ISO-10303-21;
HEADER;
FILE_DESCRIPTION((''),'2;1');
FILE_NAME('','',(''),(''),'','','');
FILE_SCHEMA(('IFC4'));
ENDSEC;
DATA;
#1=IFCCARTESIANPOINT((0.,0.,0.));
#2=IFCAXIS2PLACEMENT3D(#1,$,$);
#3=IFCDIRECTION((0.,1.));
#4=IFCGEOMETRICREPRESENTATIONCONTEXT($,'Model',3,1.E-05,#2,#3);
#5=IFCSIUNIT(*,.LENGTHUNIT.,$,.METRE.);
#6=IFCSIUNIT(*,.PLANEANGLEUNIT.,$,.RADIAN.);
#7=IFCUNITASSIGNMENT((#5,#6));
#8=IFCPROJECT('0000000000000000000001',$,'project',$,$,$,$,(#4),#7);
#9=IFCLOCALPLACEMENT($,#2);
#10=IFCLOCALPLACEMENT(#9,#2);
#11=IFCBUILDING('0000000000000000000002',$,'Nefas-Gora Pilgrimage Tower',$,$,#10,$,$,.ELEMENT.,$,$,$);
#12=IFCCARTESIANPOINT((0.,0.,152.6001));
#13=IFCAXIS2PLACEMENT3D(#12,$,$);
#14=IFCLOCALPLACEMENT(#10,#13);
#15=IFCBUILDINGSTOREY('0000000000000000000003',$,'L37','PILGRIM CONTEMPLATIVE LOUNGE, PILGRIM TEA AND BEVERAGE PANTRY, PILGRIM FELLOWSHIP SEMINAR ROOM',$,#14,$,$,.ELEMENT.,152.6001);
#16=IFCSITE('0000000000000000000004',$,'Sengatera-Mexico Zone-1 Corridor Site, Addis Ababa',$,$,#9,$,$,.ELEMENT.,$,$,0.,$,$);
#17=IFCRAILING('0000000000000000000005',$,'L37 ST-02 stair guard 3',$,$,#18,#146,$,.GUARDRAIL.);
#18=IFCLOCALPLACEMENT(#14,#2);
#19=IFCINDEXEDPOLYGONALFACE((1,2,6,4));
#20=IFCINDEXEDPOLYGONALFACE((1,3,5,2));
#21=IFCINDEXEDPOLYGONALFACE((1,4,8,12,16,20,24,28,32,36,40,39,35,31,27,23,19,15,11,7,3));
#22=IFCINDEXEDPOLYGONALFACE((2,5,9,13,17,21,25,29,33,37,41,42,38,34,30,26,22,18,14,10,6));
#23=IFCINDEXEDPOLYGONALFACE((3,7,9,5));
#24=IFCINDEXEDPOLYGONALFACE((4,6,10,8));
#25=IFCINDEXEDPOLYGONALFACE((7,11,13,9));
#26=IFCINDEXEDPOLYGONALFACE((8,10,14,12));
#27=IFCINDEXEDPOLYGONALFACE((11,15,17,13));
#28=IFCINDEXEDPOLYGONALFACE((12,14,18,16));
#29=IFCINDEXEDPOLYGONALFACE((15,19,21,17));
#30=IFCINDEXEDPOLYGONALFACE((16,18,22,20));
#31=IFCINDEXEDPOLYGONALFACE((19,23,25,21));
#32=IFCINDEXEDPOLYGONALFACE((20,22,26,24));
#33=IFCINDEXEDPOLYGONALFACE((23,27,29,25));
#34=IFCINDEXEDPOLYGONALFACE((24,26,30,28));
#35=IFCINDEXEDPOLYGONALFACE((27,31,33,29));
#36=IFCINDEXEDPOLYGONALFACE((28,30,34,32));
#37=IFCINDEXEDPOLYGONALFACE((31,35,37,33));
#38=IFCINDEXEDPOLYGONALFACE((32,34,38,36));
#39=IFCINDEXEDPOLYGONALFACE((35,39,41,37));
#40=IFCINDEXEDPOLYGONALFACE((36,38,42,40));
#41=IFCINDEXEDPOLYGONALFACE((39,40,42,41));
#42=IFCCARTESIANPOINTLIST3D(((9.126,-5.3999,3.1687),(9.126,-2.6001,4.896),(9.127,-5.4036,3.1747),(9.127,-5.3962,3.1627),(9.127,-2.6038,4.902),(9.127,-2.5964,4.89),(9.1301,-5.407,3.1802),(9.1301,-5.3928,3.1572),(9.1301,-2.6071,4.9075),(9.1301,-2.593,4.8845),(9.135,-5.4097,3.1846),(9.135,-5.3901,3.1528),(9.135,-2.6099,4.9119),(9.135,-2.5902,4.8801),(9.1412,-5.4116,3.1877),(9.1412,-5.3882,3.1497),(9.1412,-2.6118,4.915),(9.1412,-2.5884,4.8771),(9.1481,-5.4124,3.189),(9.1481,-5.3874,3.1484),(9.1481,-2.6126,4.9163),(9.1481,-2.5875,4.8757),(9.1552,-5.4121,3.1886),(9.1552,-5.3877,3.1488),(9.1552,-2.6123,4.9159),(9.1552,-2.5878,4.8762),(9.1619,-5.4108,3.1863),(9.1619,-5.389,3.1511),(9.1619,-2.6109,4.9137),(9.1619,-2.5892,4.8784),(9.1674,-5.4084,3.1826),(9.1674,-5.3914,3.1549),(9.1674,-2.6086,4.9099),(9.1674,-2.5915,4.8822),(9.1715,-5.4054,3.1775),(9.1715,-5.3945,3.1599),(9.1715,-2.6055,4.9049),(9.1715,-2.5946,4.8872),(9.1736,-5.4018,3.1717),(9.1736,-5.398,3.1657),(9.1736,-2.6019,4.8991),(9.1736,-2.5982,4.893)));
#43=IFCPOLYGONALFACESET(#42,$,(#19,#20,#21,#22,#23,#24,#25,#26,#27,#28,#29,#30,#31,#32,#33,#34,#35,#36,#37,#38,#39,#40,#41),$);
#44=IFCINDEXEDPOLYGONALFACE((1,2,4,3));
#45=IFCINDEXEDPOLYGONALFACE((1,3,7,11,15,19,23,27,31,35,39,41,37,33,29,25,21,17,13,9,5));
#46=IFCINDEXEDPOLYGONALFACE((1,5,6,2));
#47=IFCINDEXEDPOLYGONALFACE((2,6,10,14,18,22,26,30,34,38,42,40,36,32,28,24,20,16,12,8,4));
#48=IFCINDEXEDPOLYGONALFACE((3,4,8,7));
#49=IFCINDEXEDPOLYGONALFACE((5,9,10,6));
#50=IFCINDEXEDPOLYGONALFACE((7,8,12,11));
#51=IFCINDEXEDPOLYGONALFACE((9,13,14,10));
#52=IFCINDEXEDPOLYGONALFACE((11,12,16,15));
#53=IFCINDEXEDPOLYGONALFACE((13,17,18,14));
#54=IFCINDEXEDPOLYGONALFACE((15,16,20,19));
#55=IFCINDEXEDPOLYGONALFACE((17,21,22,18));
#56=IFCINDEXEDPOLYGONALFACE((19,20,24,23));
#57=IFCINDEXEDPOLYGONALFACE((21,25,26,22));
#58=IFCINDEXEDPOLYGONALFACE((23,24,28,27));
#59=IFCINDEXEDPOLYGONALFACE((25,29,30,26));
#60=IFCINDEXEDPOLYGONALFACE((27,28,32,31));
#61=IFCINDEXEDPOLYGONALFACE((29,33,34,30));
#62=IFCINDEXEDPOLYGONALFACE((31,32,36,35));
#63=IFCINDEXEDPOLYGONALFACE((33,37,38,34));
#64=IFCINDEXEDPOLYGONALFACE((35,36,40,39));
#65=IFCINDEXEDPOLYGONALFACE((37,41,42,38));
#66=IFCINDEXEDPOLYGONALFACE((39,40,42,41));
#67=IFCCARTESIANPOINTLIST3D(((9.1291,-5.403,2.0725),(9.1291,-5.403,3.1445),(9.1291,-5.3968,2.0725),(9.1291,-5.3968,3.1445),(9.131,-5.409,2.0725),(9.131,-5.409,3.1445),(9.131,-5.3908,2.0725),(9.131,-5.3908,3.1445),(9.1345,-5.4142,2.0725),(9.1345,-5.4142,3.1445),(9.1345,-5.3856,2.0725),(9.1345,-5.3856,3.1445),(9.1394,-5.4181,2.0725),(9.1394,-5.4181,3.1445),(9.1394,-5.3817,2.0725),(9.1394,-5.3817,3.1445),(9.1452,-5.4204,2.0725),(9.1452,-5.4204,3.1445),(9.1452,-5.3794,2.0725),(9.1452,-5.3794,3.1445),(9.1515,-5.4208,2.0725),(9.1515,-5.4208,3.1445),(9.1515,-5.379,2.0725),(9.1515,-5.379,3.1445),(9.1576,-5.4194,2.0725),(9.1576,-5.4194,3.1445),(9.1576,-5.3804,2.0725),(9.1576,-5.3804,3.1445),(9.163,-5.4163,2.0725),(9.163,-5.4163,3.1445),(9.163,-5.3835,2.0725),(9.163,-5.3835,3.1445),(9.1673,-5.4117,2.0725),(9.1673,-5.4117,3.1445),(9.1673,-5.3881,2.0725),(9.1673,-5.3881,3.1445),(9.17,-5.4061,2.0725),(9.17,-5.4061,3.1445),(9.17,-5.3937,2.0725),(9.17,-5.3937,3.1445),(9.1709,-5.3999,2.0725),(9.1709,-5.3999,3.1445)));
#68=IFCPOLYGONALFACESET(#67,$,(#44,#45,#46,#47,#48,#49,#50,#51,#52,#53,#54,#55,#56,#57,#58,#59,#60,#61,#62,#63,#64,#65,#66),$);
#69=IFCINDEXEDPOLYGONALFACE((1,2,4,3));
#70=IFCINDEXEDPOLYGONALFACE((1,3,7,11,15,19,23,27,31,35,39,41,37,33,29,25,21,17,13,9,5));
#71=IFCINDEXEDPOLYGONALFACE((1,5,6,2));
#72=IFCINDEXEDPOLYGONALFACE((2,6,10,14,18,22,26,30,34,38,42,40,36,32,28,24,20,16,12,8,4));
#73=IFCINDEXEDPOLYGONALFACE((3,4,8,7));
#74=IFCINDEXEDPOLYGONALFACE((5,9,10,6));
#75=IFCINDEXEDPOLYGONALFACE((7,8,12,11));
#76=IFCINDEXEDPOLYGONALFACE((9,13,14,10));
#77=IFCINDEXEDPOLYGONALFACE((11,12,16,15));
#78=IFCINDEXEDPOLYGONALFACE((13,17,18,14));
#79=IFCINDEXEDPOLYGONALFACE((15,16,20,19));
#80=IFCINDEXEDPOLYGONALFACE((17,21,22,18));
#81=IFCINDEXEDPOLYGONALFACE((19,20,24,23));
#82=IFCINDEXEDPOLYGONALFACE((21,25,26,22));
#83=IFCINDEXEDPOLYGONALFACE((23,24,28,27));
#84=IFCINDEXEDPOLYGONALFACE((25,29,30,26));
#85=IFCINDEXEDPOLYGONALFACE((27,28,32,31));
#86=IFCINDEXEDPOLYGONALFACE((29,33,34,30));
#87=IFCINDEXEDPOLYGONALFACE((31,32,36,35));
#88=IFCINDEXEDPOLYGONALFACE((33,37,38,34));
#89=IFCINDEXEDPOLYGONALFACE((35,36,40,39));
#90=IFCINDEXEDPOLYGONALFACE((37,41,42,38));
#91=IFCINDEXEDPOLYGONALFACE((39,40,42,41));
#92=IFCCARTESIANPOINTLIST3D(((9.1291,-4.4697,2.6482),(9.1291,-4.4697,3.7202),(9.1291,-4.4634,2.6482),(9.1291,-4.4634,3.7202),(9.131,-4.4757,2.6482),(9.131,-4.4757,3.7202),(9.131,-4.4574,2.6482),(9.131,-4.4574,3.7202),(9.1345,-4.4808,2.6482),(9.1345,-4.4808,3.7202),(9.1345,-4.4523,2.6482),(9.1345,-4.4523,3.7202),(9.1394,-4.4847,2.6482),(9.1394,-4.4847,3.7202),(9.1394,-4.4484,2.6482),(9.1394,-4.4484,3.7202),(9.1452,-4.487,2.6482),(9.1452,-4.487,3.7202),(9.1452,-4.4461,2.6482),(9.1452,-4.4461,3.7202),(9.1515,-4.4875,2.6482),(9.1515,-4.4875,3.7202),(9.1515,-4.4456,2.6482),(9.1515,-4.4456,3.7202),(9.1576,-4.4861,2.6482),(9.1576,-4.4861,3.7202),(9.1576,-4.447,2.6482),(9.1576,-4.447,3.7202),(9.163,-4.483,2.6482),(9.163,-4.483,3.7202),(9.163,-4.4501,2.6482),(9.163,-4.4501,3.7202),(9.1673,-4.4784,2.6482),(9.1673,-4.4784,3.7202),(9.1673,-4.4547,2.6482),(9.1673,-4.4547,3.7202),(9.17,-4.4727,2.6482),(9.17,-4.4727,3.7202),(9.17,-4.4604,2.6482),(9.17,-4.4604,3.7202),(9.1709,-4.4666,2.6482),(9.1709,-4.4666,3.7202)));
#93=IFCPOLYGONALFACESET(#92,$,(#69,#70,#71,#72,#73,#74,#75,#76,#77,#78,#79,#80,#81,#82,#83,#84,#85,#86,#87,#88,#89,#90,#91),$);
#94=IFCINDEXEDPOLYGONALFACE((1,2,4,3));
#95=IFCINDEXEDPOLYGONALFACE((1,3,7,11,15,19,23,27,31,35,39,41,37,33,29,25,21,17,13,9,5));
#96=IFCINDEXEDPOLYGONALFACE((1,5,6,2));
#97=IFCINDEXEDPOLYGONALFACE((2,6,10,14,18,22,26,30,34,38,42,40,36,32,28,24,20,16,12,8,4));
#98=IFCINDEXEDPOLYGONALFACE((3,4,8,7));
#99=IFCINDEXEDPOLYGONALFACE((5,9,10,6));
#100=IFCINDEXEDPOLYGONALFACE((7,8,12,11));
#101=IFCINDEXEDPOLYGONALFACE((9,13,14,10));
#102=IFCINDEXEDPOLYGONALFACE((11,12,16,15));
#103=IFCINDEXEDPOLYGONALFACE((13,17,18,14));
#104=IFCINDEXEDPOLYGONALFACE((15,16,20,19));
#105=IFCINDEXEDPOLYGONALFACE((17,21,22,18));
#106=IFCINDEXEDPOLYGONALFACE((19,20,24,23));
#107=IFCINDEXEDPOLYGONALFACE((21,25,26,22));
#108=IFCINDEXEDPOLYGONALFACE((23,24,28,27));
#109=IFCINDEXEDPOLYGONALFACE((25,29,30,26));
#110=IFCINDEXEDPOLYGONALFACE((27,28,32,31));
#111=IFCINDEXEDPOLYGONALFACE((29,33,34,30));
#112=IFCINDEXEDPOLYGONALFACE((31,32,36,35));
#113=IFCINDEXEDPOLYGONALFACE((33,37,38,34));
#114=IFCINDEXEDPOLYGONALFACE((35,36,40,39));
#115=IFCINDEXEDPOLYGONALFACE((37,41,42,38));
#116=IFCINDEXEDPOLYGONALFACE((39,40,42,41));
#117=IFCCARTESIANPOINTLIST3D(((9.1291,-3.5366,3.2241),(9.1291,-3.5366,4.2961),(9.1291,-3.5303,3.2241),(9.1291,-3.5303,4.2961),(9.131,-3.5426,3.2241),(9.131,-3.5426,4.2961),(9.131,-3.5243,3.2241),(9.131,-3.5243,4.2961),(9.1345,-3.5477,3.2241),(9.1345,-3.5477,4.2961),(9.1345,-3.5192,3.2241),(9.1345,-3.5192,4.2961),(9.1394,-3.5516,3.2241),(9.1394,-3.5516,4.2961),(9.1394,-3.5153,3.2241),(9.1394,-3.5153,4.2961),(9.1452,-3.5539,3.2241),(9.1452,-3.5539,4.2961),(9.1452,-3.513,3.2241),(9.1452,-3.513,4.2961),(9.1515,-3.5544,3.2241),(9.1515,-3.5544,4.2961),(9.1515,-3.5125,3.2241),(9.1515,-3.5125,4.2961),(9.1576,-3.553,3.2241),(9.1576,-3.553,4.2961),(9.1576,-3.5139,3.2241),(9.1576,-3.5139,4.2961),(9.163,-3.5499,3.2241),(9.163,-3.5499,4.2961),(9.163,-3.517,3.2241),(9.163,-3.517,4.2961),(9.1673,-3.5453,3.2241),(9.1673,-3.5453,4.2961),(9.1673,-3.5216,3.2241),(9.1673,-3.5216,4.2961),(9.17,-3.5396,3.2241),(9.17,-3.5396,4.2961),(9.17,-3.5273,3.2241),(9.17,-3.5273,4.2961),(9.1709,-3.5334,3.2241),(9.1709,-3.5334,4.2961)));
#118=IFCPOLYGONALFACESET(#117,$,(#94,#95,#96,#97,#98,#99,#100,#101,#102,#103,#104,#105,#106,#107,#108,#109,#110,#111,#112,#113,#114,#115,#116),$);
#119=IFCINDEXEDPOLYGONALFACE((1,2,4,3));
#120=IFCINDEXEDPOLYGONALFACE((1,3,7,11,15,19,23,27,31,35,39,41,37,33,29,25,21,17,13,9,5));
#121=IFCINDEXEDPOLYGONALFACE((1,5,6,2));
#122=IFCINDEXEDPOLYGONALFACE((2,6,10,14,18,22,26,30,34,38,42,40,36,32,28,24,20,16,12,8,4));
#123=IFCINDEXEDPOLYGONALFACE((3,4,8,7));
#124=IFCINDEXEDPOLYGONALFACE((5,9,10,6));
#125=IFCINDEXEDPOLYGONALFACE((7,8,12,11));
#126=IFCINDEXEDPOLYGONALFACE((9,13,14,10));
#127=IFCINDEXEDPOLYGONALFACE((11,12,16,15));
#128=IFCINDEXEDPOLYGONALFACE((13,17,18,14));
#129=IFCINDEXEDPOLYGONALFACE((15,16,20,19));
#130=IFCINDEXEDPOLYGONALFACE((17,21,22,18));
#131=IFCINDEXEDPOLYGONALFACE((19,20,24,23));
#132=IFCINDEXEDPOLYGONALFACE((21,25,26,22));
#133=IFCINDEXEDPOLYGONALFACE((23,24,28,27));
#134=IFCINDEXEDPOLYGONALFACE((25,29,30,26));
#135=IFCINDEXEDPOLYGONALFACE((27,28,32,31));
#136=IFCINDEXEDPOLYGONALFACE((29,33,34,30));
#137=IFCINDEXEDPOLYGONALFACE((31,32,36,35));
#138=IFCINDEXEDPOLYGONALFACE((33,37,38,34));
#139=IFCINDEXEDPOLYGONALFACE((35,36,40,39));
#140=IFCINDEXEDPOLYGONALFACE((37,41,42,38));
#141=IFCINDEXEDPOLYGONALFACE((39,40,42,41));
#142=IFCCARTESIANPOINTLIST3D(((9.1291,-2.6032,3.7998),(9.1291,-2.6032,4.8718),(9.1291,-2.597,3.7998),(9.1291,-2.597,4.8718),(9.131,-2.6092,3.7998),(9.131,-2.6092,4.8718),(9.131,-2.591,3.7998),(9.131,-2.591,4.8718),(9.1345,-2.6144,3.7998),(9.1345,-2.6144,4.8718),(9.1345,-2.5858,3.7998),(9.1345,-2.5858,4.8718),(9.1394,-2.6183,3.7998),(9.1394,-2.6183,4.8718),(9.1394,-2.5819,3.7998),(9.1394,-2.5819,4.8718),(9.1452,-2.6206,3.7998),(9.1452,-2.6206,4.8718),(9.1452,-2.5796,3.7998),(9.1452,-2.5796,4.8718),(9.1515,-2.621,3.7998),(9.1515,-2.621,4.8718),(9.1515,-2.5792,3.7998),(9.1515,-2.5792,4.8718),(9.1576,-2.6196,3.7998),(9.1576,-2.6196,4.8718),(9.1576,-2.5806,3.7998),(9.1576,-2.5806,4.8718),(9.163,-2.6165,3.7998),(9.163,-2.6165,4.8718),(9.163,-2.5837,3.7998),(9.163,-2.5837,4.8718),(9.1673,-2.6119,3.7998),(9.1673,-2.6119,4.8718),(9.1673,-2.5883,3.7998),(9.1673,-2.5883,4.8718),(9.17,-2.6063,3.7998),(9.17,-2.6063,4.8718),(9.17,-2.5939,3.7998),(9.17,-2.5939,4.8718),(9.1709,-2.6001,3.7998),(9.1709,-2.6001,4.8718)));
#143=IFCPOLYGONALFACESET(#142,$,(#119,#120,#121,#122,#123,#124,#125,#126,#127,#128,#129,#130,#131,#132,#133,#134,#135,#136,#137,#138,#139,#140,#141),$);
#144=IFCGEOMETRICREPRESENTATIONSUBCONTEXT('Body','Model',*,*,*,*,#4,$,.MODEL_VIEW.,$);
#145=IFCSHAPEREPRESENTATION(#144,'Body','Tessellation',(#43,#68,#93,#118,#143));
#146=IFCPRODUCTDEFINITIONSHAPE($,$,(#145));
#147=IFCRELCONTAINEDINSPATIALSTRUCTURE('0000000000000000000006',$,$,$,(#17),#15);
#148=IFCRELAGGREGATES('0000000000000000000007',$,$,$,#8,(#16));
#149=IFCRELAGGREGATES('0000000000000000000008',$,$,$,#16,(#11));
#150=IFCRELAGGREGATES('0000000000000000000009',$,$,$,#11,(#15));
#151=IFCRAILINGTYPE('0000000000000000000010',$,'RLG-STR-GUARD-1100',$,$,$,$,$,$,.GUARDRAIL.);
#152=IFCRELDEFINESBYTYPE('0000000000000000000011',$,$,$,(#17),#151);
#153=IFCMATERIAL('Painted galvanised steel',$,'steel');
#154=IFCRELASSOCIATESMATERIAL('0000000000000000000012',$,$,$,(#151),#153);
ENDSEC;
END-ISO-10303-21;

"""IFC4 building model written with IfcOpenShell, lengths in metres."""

from ifc_helpers import new_model, si_unit, direction, frame, origin, origin_2d, place, context, subcontext, project, spatial, circle, extrude, material, type_object, element, save


model = new_model("IFC4")

# Units and contexts
model_context = context("Model", 3, precision=1e-05, world=origin(), true_north=direction((0.0, 1.0)))
body_context = subcontext(model_context, "Body", "Model", "MODEL_VIEW")
ifc_project = project(units=[si_unit("LENGTHUNIT", "METRE"), si_unit("PLANEANGLEUNIT", "RADIAN")], contexts=[model_context])

# Site, building, storey
site_placement = place(None, origin())
site = spatial("IfcSite", under=ifc_project, at=site_placement, Name="Sengatera-Mexico Zone-1 Corridor Site, Addis Ababa", CompositionType="ELEMENT", RefElevation=0.0)
building_placement = place(site_placement, origin())
building = spatial("IfcBuilding", under=site, at=building_placement, Name="Nefas-Gora Pilgrimage Tower", CompositionType="ELEMENT")
storey_placement = place(building_placement, frame((0.0, 0.0, 152.6001)))
storey = spatial("IfcBuildingStorey", under=building, at=storey_placement, Name="L37", Description="PILGRIM CONTEMPLATIVE LOUNGE, PILGRIM TEA AND BEVERAGE PANTRY, PILGRIM FELLOWSHIP SEMINAR ROOM", CompositionType="ELEMENT", Elevation=152.6001)

# Railing
ifc_material_1 = material(Name="Painted galvanised steel", Category="steel")
railing_type_1 = type_object("IfcRailingType", Name="RLG-STR-GUARD-1100", PredefinedType="GUARDRAIL", material=ifc_material_1)
railing_1_placement = place(storey_placement, frame((9.1499, -5.3999, 2.0725)))
element("IfcRailing", 1, at=railing_1_placement, inside=storey, type_object=railing_type_1, Name="L37 ST-02 stair guard 3", PredefinedType="GUARDRAIL", context=body_context, shape_type="SweptSolid", body=[
    extrude(circle(Radius=0.0239, at=origin_2d()), frame((0.0, 0.0, 1.0962), z_axis=(0.0, 0.851069, 0.525054), x_axis=(-1.0, 0.0, 0.0)), (0.0, 0.0, 1.0), 3.2898),
    extrude(circle(Radius=0.021, at=origin_2d()), origin(), (0.0, 0.0, 1.0), 1.072),
    extrude(circle(Radius=0.021, at=origin_2d()), frame((0.0, 0.9333, 0.5757)), (0.0, 0.0, 1.0), 1.072),
    extrude(circle(Radius=0.021, at=origin_2d()), frame((0.0, 1.8665, 1.1516)), (0.0, 0.0, 1.0), 1.072),
    extrude(circle(Radius=0.021, at=origin_2d()), frame((0.0, 2.7998, 1.7273)), (0.0, 0.0, 1.0), 1.072),
])

save(model, "model.ifc")
